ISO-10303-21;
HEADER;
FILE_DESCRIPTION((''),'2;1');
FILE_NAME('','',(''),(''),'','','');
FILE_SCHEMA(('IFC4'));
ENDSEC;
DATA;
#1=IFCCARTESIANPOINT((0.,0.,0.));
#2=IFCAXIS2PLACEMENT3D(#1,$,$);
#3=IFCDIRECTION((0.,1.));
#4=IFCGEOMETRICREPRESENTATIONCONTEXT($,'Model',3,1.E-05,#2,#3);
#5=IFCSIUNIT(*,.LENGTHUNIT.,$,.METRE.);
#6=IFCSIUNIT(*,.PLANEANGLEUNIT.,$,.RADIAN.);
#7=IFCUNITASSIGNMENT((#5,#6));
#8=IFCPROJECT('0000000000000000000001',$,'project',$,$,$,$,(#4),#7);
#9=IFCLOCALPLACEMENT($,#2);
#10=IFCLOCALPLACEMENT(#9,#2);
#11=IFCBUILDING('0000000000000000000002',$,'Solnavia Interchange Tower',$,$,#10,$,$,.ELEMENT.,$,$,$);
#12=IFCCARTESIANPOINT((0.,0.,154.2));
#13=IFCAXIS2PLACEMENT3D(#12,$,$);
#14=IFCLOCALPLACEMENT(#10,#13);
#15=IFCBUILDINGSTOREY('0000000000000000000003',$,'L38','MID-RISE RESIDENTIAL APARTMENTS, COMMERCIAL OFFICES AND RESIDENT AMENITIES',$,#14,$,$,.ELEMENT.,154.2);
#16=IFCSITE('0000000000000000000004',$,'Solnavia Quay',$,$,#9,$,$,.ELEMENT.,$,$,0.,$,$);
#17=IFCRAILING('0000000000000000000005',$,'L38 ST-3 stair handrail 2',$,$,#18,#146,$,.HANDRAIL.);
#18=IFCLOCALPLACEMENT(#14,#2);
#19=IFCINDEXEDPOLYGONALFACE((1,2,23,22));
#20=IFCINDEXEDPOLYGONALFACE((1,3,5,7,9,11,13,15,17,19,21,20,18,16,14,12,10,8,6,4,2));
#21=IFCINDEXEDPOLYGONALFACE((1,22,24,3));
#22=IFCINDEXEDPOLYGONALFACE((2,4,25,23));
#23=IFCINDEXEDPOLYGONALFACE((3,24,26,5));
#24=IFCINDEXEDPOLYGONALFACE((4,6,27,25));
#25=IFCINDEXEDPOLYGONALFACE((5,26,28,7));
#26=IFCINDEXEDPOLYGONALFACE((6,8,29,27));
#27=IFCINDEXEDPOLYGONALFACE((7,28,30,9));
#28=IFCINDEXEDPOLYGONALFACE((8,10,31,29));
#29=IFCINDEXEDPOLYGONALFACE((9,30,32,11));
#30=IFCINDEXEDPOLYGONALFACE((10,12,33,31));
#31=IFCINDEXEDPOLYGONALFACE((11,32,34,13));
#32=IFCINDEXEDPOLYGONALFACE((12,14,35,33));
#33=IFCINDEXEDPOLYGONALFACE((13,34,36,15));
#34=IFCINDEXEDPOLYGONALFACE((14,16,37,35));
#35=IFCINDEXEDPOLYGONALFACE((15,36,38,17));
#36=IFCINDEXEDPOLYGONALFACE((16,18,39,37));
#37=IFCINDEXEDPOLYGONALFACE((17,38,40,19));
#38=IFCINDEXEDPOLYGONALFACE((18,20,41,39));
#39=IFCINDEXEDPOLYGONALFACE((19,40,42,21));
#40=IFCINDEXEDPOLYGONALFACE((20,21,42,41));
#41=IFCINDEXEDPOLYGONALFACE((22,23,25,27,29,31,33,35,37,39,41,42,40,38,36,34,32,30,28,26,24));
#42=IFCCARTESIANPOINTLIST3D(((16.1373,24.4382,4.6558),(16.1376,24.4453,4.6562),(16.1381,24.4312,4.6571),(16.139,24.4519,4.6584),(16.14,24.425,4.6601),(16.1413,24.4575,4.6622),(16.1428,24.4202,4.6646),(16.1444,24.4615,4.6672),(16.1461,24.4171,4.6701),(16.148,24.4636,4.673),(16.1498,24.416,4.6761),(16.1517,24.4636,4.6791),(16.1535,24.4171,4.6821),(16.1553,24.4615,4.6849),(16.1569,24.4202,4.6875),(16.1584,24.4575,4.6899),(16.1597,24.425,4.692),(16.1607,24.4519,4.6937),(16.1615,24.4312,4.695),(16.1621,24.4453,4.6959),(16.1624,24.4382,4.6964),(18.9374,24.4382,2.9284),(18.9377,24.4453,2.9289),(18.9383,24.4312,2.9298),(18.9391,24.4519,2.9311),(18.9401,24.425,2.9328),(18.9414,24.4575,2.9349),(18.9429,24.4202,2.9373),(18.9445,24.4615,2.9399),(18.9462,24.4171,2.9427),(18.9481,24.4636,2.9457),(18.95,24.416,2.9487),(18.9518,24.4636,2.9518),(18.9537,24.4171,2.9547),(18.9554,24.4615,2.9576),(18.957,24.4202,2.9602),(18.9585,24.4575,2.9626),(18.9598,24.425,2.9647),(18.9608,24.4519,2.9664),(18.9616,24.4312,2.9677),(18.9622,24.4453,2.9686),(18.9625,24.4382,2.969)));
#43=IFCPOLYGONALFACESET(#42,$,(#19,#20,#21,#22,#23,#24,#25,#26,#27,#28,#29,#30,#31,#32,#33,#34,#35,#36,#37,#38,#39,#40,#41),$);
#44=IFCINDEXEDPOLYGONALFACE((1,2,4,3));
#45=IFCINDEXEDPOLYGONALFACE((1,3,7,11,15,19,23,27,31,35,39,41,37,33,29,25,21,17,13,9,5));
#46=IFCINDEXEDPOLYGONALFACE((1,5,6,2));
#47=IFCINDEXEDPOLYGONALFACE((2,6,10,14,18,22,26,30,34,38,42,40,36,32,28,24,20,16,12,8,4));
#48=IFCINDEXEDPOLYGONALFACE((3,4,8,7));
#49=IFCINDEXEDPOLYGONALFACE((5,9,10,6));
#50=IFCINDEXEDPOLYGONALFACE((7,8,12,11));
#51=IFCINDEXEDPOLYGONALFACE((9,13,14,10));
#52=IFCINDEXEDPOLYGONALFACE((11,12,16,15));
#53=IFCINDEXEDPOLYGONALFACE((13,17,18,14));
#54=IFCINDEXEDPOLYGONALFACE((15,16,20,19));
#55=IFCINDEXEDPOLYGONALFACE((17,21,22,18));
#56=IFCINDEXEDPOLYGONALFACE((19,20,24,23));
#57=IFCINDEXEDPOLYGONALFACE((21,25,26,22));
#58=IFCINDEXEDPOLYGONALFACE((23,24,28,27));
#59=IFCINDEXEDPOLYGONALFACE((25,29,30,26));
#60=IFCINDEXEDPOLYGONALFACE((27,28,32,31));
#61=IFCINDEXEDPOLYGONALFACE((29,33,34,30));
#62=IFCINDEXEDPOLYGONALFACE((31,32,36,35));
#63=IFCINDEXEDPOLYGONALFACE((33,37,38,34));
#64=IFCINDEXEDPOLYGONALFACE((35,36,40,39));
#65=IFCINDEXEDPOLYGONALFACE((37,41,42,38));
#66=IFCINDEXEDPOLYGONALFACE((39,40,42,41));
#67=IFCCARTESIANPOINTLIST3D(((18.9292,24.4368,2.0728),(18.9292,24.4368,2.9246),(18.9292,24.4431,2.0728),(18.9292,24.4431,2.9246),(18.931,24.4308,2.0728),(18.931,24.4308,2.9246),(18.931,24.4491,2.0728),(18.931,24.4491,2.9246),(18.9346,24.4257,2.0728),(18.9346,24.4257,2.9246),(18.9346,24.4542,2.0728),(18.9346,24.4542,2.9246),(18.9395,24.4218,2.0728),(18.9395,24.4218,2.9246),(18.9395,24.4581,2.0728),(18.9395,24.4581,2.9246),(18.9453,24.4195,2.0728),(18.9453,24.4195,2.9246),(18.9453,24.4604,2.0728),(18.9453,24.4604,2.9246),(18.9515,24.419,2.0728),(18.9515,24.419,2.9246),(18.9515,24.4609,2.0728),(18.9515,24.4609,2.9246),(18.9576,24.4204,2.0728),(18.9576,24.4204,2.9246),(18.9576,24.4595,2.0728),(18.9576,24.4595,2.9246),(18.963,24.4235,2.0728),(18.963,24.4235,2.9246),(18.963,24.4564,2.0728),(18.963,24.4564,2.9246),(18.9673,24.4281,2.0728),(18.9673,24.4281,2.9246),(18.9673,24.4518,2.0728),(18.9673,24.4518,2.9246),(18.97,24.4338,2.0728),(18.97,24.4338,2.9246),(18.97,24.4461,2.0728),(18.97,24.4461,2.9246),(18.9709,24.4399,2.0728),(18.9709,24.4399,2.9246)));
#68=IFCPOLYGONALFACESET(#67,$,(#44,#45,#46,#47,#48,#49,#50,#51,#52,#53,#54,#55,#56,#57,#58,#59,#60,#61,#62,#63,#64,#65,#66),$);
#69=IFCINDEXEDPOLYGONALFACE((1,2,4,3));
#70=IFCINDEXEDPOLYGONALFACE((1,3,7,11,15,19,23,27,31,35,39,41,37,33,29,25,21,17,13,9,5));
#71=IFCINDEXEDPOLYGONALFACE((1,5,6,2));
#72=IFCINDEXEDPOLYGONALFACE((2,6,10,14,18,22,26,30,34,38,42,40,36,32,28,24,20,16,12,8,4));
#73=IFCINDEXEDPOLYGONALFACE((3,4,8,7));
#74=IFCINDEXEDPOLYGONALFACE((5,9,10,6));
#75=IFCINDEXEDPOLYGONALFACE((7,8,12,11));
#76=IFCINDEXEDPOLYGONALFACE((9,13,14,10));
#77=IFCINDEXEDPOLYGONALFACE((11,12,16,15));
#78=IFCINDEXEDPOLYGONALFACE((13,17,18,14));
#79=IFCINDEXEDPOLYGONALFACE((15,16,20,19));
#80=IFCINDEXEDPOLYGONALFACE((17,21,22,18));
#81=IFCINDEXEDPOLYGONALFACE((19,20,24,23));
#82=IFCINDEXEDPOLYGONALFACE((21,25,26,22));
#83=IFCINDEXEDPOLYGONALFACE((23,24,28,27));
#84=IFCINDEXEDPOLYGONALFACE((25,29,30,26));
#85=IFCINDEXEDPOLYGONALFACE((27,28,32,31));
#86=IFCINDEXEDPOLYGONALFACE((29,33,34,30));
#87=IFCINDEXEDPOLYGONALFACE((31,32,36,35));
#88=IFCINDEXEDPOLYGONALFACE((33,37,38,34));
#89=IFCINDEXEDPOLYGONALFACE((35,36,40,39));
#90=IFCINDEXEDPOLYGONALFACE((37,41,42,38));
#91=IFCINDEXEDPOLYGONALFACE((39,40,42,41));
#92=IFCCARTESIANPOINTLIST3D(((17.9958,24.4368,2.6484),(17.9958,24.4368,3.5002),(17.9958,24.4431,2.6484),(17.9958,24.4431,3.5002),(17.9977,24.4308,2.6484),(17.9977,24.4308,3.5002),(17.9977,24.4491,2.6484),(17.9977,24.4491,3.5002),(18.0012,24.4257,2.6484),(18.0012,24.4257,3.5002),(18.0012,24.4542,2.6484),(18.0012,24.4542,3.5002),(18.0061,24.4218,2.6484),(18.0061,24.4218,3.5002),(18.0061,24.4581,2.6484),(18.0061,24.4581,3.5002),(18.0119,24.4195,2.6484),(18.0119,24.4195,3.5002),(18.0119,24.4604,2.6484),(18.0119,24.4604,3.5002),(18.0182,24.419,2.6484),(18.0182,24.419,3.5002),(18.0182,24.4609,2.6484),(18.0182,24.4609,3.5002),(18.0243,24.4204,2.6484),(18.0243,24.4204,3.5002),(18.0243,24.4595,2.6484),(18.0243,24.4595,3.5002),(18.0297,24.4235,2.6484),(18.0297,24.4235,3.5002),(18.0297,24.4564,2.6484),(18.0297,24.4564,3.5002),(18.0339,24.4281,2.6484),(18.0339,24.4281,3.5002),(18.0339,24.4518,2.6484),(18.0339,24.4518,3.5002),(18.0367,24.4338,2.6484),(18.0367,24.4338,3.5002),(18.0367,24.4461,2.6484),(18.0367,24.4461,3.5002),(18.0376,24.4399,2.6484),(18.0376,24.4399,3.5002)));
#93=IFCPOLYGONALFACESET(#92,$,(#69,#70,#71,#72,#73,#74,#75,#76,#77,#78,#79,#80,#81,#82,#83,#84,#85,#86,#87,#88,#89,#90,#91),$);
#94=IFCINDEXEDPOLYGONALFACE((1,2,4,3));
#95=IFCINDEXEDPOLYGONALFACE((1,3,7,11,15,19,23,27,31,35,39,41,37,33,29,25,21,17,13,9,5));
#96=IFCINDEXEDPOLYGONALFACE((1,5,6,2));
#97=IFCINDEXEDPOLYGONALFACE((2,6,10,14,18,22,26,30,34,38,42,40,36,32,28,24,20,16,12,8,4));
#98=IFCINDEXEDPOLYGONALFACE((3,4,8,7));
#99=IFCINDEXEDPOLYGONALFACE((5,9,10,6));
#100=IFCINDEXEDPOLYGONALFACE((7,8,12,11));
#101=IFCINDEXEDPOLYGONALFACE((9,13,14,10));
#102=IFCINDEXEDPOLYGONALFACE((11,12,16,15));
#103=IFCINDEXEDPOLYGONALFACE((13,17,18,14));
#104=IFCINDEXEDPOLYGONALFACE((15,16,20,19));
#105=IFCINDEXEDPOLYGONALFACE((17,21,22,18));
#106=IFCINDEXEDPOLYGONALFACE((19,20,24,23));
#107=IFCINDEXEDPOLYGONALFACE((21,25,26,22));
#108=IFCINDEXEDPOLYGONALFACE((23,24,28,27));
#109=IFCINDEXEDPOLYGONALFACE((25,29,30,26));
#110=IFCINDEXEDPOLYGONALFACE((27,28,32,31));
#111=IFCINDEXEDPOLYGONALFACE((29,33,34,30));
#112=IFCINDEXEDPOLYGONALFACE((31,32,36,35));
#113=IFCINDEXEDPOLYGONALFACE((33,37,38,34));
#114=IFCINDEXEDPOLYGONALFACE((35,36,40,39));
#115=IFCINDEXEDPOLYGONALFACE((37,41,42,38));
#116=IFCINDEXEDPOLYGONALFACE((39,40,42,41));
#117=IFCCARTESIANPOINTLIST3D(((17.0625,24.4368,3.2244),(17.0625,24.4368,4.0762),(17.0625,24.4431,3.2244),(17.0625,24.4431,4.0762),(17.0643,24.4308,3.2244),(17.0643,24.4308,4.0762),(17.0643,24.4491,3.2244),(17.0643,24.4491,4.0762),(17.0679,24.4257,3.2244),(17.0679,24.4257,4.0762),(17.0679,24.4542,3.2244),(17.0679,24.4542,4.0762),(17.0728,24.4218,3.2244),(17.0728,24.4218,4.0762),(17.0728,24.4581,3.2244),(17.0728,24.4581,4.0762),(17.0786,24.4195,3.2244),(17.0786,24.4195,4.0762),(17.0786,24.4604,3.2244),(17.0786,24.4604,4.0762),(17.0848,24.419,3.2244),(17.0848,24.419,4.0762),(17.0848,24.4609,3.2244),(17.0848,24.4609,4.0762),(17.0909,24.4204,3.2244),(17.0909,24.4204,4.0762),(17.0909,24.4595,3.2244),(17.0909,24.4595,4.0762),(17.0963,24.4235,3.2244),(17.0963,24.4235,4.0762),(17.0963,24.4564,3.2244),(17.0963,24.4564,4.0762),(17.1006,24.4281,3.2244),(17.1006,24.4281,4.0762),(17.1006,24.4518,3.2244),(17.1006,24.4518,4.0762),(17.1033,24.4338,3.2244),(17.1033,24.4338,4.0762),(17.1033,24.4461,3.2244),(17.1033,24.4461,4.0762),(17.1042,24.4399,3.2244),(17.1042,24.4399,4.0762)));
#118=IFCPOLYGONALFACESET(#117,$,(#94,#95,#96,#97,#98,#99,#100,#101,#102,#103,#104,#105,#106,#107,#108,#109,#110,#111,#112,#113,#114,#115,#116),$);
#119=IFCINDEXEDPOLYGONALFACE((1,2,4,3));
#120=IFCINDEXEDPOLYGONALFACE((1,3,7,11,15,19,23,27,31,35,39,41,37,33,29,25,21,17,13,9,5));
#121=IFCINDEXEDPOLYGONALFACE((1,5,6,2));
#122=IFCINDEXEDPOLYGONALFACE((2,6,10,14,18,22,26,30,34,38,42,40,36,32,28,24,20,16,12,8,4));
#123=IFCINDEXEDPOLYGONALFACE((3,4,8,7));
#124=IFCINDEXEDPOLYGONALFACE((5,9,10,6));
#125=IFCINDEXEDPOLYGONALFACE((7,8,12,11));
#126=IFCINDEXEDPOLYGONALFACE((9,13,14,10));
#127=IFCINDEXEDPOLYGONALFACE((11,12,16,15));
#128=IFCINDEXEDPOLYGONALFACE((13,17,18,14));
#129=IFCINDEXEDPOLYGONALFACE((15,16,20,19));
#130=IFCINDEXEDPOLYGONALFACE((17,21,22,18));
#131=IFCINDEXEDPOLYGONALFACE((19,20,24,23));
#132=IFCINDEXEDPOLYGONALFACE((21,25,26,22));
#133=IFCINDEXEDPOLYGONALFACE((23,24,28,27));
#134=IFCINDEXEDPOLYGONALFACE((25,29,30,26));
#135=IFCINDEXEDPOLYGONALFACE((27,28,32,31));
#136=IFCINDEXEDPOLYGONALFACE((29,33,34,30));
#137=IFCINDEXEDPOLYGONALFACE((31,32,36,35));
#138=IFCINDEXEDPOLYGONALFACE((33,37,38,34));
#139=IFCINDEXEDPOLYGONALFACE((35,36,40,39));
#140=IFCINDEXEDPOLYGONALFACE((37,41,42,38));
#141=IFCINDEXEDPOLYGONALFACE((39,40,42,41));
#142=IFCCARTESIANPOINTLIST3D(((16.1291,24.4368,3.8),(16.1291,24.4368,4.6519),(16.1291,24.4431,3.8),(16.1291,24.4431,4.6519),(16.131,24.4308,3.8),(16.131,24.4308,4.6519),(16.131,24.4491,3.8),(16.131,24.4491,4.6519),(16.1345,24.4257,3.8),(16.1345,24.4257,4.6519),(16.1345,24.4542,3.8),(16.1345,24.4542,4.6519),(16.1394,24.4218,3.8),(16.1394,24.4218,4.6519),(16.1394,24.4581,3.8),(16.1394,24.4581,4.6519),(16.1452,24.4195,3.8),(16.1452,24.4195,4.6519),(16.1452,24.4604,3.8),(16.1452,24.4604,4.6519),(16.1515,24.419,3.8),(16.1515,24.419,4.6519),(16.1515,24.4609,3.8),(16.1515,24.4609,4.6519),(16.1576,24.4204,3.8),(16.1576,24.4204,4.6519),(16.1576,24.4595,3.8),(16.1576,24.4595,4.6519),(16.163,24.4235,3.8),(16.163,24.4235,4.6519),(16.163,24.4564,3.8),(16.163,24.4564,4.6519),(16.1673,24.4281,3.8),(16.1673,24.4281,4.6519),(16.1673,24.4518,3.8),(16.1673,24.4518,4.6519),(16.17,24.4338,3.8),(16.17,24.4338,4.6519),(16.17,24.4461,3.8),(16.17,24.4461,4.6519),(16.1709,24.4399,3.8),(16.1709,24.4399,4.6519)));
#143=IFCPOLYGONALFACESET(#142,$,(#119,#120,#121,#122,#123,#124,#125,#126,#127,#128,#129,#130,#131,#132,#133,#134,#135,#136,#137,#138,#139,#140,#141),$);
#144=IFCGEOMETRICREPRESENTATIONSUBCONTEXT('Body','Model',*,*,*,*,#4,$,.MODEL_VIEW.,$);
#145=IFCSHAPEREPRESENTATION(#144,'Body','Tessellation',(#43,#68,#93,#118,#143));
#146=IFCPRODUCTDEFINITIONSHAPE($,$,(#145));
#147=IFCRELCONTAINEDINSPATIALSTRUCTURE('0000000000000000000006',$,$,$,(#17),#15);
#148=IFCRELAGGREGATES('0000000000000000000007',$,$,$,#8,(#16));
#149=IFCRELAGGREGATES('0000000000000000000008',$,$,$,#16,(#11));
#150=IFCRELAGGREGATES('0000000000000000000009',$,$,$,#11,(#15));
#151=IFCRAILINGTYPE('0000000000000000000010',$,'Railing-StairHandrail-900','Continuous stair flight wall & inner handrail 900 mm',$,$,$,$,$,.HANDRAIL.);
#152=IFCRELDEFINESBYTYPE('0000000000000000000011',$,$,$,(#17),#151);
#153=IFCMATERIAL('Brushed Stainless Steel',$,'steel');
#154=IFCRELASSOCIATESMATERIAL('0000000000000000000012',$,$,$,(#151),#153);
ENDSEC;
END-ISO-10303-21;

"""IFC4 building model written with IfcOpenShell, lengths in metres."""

from ifc_helpers import new_model, si_unit, direction, frame, origin, origin_2d, place, context, subcontext, project, spatial, circle, extrude, material, type_object, element, save


model = new_model("IFC4")

# Units and contexts
model_context = context("Model", 3, precision=1e-05, world=origin(), true_north=direction((0.0, 1.0)))
body_context = subcontext(model_context, "Body", "Model", "MODEL_VIEW")
ifc_project = project(units=[si_unit("LENGTHUNIT", "METRE"), si_unit("PLANEANGLEUNIT", "RADIAN")], contexts=[model_context])

# Site, building, storey
site_placement = place(None, origin())
site = spatial("IfcSite", under=ifc_project, at=site_placement, Name="Solnavia Quay", CompositionType="ELEMENT", RefElevation=0.0)
building_placement = place(site_placement, origin())
building = spatial("IfcBuilding", under=site, at=building_placement, Name="Solnavia Interchange Tower", CompositionType="ELEMENT")
storey_placement = place(building_placement, frame((0.0, 0.0, 154.2)))
storey = spatial("IfcBuildingStorey", under=building, at=storey_placement, Name="L38", Description="MID-RISE RESIDENTIAL APARTMENTS, COMMERCIAL OFFICES AND RESIDENT AMENITIES", CompositionType="ELEMENT", Elevation=154.2)

# Railing
ifc_material_1 = material(Name="Brushed Stainless Steel", Category="steel")
railing_type_1 = type_object("IfcRailingType", Name="Railing-StairHandrail-900", Description="Continuous stair flight wall & inner handrail 900 mm", PredefinedType="HANDRAIL", material=ifc_material_1)
railing_1_placement = place(storey_placement, frame((18.95, 24.4399, 2.0728)))
element("IfcRailing", 1, at=railing_1_placement, inside=storey, type_object=railing_type_1, Name="L38 ST-3 stair handrail 2", PredefinedType="HANDRAIL", context=body_context, shape_type="SweptSolid", body=[
    extrude(circle(Radius=0.0239, at=origin_2d()), frame((0.0, 0.0, 0.876), z_axis=(-0.85109, 0.0, 0.52502), x_axis=(0.0, -1.0, 0.0)), (0.0, 0.0, 1.0), 3.29),
    extrude(circle(Radius=0.021, at=origin_2d()), origin(), (0.0, 0.0, 1.0), 0.8518),
    extrude(circle(Radius=0.021, at=origin_2d()), frame((-0.9333, 0.0, 0.5757)), (0.0, 0.0, 1.0), 0.8518),
    extrude(circle(Radius=0.021, at=origin_2d()), frame((-1.8667, 0.0, 1.1516)), (0.0, 0.0, 1.0), 0.8518),
    extrude(circle(Radius=0.021, at=origin_2d()), frame((-2.8, 0.0, 1.7273)), (0.0, 0.0, 1.0), 0.8518),
])

save(model, "model.ifc")
